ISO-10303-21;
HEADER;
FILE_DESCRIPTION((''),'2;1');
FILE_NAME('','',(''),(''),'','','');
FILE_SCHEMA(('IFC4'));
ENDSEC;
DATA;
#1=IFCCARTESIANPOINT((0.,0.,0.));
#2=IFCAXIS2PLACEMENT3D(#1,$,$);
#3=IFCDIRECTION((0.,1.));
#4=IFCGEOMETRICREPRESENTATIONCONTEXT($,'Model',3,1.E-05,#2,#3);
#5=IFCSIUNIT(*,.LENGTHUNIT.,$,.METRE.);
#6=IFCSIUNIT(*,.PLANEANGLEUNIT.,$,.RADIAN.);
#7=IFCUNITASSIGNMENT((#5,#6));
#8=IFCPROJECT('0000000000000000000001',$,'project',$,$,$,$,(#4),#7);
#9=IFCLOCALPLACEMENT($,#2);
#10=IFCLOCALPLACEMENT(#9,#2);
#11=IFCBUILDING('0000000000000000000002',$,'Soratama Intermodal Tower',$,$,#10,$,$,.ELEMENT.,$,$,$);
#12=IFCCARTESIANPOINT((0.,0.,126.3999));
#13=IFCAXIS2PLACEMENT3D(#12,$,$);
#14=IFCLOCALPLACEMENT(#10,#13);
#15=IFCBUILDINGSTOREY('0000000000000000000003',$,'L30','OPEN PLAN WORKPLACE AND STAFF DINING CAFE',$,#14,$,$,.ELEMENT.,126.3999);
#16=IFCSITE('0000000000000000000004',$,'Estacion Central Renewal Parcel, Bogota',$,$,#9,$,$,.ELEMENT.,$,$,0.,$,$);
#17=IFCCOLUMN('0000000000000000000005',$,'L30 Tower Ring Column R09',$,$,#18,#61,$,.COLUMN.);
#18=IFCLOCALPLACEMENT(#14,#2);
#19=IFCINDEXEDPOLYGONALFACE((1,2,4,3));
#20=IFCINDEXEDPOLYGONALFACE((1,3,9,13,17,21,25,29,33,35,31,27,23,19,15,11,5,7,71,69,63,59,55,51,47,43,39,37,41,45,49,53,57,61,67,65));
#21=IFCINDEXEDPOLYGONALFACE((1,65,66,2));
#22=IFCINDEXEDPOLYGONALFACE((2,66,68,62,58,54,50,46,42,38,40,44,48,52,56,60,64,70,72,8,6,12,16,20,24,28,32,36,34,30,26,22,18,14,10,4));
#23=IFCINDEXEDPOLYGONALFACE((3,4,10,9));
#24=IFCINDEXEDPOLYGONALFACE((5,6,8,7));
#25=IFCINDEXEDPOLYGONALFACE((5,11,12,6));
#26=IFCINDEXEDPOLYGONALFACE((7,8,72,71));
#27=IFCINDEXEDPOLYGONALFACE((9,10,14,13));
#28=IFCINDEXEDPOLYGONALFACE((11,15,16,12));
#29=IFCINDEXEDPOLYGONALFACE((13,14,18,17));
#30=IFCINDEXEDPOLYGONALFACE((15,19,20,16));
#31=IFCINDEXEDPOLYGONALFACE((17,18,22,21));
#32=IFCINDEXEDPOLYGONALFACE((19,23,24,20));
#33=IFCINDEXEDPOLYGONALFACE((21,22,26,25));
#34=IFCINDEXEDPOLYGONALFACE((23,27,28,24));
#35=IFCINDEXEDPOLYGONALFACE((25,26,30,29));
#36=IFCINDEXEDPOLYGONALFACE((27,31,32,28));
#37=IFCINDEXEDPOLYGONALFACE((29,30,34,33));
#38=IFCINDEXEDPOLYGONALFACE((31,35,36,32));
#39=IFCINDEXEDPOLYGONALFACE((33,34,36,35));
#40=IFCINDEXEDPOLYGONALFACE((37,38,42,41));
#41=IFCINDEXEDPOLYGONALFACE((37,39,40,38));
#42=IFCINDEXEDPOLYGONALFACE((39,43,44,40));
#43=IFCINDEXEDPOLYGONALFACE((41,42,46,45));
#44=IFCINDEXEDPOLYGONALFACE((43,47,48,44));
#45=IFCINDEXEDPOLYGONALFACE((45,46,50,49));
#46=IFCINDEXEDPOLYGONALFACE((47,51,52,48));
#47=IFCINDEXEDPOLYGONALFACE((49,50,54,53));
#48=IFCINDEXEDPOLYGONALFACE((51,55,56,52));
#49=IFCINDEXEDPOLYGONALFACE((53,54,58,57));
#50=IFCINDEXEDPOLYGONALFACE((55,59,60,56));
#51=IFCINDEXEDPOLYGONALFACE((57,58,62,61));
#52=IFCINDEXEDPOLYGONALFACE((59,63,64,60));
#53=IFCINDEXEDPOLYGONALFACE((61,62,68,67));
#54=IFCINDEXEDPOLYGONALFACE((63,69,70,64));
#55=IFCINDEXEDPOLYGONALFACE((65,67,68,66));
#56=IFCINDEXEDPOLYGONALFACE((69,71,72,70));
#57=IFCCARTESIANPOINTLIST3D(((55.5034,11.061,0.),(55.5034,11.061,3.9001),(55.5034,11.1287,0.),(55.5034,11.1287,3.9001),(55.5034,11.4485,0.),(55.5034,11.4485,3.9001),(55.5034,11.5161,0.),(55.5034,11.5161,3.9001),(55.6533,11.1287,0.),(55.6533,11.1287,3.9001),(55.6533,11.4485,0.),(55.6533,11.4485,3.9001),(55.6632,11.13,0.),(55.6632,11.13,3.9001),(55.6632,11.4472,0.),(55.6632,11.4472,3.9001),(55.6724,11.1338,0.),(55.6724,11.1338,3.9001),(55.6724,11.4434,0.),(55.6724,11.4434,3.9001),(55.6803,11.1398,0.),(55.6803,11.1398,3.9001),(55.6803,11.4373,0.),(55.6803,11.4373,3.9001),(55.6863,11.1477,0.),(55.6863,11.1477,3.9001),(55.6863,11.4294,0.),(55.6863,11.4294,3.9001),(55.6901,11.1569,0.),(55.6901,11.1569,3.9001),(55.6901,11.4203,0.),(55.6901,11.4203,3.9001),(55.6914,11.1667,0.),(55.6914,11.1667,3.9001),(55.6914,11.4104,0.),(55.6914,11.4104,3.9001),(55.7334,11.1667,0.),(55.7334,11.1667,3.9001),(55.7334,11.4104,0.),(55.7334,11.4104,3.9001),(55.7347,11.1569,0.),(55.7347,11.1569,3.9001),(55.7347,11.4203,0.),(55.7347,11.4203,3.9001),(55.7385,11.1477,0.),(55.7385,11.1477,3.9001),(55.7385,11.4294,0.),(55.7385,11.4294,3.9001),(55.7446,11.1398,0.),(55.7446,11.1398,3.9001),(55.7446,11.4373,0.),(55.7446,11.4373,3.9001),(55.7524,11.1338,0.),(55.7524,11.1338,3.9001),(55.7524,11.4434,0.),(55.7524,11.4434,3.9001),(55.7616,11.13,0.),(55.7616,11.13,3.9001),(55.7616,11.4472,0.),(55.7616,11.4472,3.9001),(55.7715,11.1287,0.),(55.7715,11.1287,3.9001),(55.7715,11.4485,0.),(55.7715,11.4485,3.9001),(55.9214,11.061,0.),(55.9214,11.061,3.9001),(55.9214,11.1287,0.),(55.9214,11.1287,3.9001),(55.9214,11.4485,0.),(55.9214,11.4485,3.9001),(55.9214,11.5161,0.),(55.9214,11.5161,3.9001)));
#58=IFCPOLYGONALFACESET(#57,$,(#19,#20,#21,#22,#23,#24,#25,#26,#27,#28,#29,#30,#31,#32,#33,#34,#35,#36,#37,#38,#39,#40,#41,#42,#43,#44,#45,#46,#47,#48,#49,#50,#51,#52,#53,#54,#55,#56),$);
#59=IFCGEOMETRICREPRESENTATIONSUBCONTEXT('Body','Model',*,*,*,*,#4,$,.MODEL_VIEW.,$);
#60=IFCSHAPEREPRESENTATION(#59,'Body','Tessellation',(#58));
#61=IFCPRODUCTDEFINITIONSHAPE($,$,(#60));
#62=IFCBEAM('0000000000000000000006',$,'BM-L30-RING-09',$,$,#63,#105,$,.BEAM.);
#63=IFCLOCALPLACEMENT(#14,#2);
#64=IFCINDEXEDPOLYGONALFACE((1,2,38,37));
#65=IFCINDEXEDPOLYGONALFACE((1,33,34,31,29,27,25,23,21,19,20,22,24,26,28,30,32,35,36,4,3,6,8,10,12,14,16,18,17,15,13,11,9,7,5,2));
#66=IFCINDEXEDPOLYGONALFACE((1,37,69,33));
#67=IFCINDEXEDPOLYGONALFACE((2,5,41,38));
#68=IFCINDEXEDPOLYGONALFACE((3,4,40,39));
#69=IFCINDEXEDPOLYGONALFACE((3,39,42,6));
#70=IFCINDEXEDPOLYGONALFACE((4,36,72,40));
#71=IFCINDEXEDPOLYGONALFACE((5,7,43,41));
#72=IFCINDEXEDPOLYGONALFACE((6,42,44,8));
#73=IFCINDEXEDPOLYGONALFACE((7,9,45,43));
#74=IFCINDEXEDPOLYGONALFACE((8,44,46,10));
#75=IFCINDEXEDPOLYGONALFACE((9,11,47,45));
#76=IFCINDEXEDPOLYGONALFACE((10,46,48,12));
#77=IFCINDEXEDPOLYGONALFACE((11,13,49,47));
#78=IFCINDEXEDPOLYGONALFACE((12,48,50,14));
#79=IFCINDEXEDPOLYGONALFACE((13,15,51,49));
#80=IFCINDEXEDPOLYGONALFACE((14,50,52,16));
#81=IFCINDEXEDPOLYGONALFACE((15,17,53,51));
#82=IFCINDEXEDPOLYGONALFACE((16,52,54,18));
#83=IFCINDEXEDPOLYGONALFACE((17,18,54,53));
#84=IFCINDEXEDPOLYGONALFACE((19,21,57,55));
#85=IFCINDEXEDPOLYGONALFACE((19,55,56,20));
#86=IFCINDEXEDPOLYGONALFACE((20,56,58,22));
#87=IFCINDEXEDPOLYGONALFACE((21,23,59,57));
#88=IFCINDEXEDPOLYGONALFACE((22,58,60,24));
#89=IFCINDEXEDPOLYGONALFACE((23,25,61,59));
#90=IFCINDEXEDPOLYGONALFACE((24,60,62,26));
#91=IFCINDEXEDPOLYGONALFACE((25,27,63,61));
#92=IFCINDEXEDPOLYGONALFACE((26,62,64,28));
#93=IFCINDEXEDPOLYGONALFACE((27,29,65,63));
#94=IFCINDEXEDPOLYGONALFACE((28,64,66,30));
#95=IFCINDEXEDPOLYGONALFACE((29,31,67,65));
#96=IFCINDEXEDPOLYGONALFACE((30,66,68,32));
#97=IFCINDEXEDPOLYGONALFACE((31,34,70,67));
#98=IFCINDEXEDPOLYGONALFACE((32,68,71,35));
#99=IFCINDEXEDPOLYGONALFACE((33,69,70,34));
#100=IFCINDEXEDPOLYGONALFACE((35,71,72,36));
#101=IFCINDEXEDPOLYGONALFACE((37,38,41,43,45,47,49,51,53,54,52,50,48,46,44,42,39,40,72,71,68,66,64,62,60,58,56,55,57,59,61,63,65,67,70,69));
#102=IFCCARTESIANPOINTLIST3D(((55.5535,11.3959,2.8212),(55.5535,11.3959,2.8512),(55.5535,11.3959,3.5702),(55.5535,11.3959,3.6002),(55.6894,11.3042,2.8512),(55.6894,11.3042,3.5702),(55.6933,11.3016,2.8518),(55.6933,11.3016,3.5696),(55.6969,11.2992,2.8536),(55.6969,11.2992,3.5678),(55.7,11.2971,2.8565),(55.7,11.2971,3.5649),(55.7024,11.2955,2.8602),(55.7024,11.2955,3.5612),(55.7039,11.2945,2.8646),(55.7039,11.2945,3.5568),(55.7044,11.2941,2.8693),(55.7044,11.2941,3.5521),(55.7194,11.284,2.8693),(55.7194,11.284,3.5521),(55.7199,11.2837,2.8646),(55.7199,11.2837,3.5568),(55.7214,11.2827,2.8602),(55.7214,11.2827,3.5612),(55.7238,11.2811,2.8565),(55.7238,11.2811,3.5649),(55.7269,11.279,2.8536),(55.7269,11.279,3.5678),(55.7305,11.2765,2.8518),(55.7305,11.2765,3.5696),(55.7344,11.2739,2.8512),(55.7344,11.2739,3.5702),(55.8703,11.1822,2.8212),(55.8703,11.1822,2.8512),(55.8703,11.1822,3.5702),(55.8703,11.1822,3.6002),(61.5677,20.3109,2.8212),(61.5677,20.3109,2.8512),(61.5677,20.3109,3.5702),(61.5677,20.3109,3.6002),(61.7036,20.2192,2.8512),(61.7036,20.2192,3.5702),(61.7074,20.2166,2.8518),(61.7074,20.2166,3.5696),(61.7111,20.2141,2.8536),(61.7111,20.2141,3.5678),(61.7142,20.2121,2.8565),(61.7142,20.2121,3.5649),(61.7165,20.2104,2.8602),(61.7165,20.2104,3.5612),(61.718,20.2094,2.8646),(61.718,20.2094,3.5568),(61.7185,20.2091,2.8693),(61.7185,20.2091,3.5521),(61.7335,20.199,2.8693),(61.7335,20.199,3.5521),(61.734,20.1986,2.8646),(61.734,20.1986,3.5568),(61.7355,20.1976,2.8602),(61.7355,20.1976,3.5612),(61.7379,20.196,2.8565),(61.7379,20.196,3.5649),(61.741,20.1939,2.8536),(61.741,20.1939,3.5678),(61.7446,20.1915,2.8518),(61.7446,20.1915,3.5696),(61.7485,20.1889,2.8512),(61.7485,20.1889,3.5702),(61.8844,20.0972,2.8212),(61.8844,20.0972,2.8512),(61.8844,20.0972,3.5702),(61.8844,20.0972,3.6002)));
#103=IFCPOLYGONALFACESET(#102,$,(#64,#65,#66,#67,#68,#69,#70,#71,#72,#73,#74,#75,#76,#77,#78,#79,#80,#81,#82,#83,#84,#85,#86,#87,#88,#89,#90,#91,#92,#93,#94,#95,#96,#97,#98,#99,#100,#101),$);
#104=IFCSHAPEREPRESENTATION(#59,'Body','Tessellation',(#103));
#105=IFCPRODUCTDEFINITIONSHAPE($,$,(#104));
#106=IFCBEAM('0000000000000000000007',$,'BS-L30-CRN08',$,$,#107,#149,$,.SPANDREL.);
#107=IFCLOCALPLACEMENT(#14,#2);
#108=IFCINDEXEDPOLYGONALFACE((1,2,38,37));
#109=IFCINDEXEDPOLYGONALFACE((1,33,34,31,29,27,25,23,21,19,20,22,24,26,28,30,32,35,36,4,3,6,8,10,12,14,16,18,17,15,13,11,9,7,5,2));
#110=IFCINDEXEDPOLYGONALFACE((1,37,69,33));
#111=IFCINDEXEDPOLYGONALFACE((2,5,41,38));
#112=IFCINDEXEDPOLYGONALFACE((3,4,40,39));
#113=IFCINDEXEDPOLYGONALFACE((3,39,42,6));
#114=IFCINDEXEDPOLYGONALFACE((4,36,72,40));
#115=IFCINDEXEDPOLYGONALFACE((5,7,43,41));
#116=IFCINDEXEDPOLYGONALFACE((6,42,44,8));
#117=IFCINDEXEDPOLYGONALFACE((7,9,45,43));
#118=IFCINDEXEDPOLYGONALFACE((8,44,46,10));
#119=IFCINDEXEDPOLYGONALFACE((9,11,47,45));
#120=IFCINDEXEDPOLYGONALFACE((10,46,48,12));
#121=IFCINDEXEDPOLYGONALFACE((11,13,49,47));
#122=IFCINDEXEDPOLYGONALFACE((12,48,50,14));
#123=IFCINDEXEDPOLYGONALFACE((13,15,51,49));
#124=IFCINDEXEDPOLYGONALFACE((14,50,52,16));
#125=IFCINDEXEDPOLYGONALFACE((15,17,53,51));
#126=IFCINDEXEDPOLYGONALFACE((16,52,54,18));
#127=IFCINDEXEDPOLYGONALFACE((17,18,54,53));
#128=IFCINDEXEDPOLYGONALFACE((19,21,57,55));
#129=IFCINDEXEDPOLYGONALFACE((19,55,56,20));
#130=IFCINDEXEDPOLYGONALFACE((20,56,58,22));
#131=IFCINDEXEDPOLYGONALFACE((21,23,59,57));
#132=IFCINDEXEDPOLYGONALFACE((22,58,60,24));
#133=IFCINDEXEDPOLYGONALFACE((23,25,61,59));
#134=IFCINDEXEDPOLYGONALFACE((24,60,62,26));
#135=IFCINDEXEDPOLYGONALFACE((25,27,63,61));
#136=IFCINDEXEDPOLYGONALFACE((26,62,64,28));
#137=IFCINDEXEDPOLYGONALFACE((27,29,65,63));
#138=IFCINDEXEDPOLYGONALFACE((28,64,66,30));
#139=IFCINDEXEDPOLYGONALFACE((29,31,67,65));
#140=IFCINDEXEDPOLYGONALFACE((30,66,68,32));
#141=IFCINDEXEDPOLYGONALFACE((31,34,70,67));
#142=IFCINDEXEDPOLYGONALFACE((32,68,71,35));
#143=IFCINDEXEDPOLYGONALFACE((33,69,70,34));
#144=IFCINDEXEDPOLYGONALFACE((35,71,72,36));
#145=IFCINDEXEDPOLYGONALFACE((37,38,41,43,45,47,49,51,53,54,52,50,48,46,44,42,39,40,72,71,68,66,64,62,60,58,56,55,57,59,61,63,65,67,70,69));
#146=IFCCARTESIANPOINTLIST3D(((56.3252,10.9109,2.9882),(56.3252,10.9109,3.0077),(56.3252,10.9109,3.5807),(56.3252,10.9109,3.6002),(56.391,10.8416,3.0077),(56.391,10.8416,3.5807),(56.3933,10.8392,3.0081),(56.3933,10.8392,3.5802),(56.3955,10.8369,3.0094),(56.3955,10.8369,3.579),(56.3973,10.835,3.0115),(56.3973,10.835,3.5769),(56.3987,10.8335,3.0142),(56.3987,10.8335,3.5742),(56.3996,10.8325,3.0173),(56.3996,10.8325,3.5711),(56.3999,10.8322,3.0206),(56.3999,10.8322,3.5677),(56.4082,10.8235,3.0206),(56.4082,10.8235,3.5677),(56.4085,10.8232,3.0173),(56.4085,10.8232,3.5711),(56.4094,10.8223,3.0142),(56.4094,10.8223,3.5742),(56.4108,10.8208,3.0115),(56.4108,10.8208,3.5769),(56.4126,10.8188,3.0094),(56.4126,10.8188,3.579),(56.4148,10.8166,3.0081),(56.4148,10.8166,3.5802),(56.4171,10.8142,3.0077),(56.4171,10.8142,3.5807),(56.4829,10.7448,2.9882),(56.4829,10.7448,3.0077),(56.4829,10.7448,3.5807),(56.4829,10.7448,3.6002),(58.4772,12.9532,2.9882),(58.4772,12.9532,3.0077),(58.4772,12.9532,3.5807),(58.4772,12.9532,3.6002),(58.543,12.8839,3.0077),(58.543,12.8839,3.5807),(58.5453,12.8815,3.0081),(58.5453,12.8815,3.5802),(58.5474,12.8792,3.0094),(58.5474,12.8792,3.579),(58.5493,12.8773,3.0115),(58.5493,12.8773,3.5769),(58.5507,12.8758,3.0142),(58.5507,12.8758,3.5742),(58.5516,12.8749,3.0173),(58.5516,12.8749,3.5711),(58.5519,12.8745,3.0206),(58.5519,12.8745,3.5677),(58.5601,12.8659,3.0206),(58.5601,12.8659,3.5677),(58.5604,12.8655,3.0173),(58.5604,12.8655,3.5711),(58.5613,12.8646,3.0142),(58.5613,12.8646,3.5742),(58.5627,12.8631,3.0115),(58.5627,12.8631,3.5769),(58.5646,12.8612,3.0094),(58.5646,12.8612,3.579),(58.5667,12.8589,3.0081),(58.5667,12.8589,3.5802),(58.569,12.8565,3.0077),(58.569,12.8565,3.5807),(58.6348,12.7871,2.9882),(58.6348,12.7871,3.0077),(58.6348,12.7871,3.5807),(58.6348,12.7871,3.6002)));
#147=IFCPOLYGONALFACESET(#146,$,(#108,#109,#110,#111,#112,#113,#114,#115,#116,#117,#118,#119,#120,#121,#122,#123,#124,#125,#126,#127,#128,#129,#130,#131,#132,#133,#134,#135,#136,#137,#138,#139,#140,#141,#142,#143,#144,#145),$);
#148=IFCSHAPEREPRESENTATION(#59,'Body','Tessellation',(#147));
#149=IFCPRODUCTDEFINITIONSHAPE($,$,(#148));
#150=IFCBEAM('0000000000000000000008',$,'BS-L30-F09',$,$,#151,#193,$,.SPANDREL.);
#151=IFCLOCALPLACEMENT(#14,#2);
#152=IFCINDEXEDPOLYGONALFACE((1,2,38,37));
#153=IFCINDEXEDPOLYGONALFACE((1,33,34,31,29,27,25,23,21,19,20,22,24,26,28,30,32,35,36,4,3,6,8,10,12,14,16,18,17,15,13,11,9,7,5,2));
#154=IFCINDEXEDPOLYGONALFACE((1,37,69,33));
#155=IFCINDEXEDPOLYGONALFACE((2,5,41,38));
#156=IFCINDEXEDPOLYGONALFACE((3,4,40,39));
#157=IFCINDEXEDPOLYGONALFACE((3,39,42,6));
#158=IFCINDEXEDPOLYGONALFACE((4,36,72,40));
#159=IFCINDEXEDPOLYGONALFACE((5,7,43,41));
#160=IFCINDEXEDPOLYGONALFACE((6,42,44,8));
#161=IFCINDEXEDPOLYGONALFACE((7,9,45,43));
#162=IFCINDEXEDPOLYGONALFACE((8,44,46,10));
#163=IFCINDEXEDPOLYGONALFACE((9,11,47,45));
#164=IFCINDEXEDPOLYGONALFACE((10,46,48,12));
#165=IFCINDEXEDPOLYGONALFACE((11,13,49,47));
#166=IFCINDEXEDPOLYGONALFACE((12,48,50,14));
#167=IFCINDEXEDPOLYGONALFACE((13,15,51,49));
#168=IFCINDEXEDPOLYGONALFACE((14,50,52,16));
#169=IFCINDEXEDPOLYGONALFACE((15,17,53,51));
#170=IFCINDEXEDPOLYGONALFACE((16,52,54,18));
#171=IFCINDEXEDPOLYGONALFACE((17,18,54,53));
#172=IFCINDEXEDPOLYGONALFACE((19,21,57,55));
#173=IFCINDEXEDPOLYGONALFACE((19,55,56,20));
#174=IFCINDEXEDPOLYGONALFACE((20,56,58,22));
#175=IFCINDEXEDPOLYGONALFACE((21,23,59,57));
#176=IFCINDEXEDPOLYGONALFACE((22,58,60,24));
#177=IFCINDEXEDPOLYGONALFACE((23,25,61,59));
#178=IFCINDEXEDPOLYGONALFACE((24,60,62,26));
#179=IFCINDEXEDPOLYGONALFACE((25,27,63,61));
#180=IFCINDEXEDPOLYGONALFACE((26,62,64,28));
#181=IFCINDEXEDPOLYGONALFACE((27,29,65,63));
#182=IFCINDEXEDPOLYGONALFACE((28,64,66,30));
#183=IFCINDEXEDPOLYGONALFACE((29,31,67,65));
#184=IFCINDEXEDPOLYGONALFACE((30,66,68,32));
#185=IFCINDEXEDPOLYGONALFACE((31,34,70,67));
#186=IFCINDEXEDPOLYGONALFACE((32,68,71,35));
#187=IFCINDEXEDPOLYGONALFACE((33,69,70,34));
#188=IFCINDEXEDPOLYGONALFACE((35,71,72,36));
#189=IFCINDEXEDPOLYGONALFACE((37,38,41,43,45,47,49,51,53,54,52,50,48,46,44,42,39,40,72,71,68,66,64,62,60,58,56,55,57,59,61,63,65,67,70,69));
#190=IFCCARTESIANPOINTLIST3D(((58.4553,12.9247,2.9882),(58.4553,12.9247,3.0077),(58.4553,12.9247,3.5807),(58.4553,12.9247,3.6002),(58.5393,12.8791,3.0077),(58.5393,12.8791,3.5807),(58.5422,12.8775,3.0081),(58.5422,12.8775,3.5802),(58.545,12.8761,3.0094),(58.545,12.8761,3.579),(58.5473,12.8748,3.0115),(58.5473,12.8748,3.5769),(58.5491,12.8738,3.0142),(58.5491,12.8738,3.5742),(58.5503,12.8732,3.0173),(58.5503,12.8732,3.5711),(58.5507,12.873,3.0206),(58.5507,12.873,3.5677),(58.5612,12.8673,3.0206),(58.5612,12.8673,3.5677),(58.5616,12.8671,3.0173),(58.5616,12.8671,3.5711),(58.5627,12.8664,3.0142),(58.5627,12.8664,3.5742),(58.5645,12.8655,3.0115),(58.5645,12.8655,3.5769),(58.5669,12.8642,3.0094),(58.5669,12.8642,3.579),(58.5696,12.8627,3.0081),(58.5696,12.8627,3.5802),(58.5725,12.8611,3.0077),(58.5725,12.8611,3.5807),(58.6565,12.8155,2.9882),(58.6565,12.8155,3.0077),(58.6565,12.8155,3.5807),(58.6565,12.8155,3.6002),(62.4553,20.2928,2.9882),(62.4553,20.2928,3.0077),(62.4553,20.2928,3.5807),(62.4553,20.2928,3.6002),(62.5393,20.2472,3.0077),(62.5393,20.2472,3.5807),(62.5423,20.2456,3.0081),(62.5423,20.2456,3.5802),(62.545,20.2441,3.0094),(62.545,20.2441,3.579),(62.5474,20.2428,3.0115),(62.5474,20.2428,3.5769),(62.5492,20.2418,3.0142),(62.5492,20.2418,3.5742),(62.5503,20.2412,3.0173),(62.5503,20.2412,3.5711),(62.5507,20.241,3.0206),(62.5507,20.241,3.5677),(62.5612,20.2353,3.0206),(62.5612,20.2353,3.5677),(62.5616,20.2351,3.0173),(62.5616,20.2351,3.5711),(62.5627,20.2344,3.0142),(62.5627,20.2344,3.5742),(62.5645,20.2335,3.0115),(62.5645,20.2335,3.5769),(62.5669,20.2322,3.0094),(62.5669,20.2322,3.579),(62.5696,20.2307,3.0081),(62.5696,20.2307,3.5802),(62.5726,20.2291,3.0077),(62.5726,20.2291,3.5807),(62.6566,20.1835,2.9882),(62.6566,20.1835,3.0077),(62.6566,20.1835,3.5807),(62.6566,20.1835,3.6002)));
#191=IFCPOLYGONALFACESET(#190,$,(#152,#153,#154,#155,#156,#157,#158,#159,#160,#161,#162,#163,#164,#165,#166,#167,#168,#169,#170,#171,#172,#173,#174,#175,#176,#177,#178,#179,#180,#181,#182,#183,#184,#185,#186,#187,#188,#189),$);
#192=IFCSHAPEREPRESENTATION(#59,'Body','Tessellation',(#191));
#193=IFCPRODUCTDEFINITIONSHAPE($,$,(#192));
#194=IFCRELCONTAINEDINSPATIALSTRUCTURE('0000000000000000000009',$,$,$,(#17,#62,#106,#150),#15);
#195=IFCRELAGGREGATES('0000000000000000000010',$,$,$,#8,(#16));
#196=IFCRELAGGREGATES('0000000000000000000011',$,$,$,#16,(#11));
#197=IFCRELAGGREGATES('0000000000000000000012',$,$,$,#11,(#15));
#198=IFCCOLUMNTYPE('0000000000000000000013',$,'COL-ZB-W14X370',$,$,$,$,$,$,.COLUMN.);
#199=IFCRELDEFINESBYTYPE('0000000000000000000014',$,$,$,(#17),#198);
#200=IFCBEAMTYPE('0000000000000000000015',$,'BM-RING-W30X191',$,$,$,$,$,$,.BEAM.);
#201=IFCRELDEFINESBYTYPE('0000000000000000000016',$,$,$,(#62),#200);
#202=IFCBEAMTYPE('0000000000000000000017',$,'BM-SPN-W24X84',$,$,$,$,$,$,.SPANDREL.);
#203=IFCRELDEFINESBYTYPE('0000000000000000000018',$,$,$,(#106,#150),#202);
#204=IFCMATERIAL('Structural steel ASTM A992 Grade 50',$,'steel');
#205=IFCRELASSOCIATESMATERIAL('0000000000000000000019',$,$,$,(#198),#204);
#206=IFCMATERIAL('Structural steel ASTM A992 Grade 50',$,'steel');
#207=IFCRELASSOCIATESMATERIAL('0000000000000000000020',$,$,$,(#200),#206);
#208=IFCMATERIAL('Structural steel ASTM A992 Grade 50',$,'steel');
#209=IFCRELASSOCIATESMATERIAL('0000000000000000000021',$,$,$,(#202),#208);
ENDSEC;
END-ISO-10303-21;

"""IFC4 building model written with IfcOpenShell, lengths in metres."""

from ifc_helpers import new_model, si_unit, direction, frame, origin, origin_2d, place, context, subcontext, project, spatial, i_section, extrude, material, material_profile, profile_set, type_object, element, save


model = new_model("IFC4")

# Units and contexts
model_context = context("Model", 3, precision=1e-05, world=origin(), true_north=direction((0.0, 1.0)))
body_context = subcontext(model_context, "Body", "Model", "MODEL_VIEW")
ifc_project = project(units=[si_unit("LENGTHUNIT", "METRE"), si_unit("PLANEANGLEUNIT", "RADIAN")], contexts=[model_context])

# Site, building, storey
site_placement = place(None, origin())
site = spatial("IfcSite", under=ifc_project, at=site_placement, Name="Estacion Central Renewal Parcel, Bogota", CompositionType="ELEMENT", RefElevation=0.0)
building_placement = place(site_placement, origin())
building = spatial("IfcBuilding", under=site, at=building_placement, Name="Soratama Intermodal Tower", CompositionType="ELEMENT")
storey_placement = place(building_placement, frame((0.0, 0.0, 126.3999)))
storey = spatial("IfcBuildingStorey", under=building, at=storey_placement, Name="L30", Description="OPEN PLAN WORKPLACE AND STAFF DINING CAFE", CompositionType="ELEMENT", Elevation=126.3999)

# Column
ifc_material_1 = material(Name="Structural steel ASTM A992 Grade 50", Category="steel")
ifc_material_profile_1 = material_profile(ifc_material_1, i_section(OverallWidth=0.418, OverallDepth=0.4551, WebThickness=0.042, FlangeThickness=0.0676, FilletRadius=0.0381, at=origin_2d()), Name="W14X370")
ifc_profile_set_1 = profile_set([ifc_material_profile_1], Name="Structural steel ASTM A992 Grade 50")
column_type = type_object("IfcColumnType", Name="COL-ZB-W14X370", PredefinedType="COLUMN", material=ifc_profile_set_1)
column_placement = place(storey_placement, frame((55.7124, 11.2886, 0.0), z_axis=(0.0, 0.0, 1.0), x_axis=(1.0, 0.0, 0.0)))
element("IfcColumn", 1, at=column_placement, inside=storey, type_object=column_type, Name="L30 Tower Ring Column R09", PredefinedType="COLUMN", context=body_context, shape_type="SweptSolid", body=[
    extrude(i_section(OverallWidth=0.418, OverallDepth=0.4551, WebThickness=0.042, FlangeThickness=0.0676, FilletRadius=0.0381, at=origin_2d()), origin(), (0.0, 0.0, 1.0), 3.9001),
])

# Beams
ifc_material_2 = material(Name="Structural steel ASTM A992 Grade 50", Category="steel")
ifc_material_profile_2 = material_profile(ifc_material_2, i_section(OverallWidth=0.3821, OverallDepth=0.7791, WebThickness=0.0181, FlangeThickness=0.03, FilletRadius=0.0181, at=origin_2d()), Name="W30X191")
ifc_profile_set_2 = profile_set([ifc_material_profile_2], Name="Structural steel ASTM A992 Grade 50")
beam_type_1 = type_object("IfcBeamType", Name="BM-RING-W30X191", PredefinedType="BEAM", material=ifc_profile_set_2)
beam_1_placement = place(storey_placement, frame((55.7119, 11.2891, 3.2107), z_axis=(0.55925, 0.828999, 0.0), x_axis=(-0.828999, 0.55925, 0.0)))
element("IfcBeam", 2, at=beam_1_placement, inside=storey, type_object=beam_type_1, Name="BM-L30-RING-09", PredefinedType="BEAM", context=body_context, shape_type="SweptSolid", body=[
    extrude(i_section(OverallWidth=0.3821, OverallDepth=0.7791, WebThickness=0.0181, FlangeThickness=0.03, FilletRadius=0.0181, at=origin_2d()), origin(), (0.0, 0.0, 1.0), 10.7539),
])
ifc_material_3 = material(Name="Structural steel ASTM A992 Grade 50", Category="steel")
ifc_material_profile_3 = material_profile(ifc_material_3, i_section(OverallWidth=0.229, OverallDepth=0.6121, WebThickness=0.012, FlangeThickness=0.0195, FilletRadius=0.0129, at=origin_2d()), Name="W24X84")
ifc_profile_set_3 = profile_set([ifc_material_profile_3], Name="Structural steel ASTM A992 Grade 50")
beam_type_2 = type_object("IfcBeamType", Name="BM-SPN-W24X84", PredefinedType="SPANDREL", material=ifc_profile_set_3)
beam_2_placement = place(storey_placement, frame((56.4041, 10.8279, 3.2942), z_axis=(0.72534, 0.68839, 0.0), x_axis=(-0.68839, 0.72534, 0.0)))
element("IfcBeam", 3, at=beam_2_placement, inside=storey, type_object=beam_type_2, Name="BS-L30-CRN08", PredefinedType="SPANDREL", context=body_context, shape_type="SweptSolid", body=[
    extrude(i_section(OverallWidth=0.229, OverallDepth=0.6121, WebThickness=0.012, FlangeThickness=0.0195, FilletRadius=0.0129, at=origin_2d()), origin(), (0.0, 0.0, 1.0), 2.9668),
])
beam_3_placement = place(storey_placement, frame((58.5559, 12.8701, 3.2942), z_axis=(0.477117, 0.87884, 0.0), x_axis=(-0.87884, 0.477117, 0.0)))
element("IfcBeam", 4, at=beam_3_placement, inside=storey, type_object=beam_type_2, Name="BS-L30-F09", PredefinedType="SPANDREL", context=body_context, shape_type="SweptSolid", body=[
    extrude(i_section(OverallWidth=0.229, OverallDepth=0.6121, WebThickness=0.012, FlangeThickness=0.0195, FilletRadius=0.0129, at=origin_2d()), origin(), (0.0, 0.0, 1.0), 8.3838),
])

save(model, "model.ifc")
